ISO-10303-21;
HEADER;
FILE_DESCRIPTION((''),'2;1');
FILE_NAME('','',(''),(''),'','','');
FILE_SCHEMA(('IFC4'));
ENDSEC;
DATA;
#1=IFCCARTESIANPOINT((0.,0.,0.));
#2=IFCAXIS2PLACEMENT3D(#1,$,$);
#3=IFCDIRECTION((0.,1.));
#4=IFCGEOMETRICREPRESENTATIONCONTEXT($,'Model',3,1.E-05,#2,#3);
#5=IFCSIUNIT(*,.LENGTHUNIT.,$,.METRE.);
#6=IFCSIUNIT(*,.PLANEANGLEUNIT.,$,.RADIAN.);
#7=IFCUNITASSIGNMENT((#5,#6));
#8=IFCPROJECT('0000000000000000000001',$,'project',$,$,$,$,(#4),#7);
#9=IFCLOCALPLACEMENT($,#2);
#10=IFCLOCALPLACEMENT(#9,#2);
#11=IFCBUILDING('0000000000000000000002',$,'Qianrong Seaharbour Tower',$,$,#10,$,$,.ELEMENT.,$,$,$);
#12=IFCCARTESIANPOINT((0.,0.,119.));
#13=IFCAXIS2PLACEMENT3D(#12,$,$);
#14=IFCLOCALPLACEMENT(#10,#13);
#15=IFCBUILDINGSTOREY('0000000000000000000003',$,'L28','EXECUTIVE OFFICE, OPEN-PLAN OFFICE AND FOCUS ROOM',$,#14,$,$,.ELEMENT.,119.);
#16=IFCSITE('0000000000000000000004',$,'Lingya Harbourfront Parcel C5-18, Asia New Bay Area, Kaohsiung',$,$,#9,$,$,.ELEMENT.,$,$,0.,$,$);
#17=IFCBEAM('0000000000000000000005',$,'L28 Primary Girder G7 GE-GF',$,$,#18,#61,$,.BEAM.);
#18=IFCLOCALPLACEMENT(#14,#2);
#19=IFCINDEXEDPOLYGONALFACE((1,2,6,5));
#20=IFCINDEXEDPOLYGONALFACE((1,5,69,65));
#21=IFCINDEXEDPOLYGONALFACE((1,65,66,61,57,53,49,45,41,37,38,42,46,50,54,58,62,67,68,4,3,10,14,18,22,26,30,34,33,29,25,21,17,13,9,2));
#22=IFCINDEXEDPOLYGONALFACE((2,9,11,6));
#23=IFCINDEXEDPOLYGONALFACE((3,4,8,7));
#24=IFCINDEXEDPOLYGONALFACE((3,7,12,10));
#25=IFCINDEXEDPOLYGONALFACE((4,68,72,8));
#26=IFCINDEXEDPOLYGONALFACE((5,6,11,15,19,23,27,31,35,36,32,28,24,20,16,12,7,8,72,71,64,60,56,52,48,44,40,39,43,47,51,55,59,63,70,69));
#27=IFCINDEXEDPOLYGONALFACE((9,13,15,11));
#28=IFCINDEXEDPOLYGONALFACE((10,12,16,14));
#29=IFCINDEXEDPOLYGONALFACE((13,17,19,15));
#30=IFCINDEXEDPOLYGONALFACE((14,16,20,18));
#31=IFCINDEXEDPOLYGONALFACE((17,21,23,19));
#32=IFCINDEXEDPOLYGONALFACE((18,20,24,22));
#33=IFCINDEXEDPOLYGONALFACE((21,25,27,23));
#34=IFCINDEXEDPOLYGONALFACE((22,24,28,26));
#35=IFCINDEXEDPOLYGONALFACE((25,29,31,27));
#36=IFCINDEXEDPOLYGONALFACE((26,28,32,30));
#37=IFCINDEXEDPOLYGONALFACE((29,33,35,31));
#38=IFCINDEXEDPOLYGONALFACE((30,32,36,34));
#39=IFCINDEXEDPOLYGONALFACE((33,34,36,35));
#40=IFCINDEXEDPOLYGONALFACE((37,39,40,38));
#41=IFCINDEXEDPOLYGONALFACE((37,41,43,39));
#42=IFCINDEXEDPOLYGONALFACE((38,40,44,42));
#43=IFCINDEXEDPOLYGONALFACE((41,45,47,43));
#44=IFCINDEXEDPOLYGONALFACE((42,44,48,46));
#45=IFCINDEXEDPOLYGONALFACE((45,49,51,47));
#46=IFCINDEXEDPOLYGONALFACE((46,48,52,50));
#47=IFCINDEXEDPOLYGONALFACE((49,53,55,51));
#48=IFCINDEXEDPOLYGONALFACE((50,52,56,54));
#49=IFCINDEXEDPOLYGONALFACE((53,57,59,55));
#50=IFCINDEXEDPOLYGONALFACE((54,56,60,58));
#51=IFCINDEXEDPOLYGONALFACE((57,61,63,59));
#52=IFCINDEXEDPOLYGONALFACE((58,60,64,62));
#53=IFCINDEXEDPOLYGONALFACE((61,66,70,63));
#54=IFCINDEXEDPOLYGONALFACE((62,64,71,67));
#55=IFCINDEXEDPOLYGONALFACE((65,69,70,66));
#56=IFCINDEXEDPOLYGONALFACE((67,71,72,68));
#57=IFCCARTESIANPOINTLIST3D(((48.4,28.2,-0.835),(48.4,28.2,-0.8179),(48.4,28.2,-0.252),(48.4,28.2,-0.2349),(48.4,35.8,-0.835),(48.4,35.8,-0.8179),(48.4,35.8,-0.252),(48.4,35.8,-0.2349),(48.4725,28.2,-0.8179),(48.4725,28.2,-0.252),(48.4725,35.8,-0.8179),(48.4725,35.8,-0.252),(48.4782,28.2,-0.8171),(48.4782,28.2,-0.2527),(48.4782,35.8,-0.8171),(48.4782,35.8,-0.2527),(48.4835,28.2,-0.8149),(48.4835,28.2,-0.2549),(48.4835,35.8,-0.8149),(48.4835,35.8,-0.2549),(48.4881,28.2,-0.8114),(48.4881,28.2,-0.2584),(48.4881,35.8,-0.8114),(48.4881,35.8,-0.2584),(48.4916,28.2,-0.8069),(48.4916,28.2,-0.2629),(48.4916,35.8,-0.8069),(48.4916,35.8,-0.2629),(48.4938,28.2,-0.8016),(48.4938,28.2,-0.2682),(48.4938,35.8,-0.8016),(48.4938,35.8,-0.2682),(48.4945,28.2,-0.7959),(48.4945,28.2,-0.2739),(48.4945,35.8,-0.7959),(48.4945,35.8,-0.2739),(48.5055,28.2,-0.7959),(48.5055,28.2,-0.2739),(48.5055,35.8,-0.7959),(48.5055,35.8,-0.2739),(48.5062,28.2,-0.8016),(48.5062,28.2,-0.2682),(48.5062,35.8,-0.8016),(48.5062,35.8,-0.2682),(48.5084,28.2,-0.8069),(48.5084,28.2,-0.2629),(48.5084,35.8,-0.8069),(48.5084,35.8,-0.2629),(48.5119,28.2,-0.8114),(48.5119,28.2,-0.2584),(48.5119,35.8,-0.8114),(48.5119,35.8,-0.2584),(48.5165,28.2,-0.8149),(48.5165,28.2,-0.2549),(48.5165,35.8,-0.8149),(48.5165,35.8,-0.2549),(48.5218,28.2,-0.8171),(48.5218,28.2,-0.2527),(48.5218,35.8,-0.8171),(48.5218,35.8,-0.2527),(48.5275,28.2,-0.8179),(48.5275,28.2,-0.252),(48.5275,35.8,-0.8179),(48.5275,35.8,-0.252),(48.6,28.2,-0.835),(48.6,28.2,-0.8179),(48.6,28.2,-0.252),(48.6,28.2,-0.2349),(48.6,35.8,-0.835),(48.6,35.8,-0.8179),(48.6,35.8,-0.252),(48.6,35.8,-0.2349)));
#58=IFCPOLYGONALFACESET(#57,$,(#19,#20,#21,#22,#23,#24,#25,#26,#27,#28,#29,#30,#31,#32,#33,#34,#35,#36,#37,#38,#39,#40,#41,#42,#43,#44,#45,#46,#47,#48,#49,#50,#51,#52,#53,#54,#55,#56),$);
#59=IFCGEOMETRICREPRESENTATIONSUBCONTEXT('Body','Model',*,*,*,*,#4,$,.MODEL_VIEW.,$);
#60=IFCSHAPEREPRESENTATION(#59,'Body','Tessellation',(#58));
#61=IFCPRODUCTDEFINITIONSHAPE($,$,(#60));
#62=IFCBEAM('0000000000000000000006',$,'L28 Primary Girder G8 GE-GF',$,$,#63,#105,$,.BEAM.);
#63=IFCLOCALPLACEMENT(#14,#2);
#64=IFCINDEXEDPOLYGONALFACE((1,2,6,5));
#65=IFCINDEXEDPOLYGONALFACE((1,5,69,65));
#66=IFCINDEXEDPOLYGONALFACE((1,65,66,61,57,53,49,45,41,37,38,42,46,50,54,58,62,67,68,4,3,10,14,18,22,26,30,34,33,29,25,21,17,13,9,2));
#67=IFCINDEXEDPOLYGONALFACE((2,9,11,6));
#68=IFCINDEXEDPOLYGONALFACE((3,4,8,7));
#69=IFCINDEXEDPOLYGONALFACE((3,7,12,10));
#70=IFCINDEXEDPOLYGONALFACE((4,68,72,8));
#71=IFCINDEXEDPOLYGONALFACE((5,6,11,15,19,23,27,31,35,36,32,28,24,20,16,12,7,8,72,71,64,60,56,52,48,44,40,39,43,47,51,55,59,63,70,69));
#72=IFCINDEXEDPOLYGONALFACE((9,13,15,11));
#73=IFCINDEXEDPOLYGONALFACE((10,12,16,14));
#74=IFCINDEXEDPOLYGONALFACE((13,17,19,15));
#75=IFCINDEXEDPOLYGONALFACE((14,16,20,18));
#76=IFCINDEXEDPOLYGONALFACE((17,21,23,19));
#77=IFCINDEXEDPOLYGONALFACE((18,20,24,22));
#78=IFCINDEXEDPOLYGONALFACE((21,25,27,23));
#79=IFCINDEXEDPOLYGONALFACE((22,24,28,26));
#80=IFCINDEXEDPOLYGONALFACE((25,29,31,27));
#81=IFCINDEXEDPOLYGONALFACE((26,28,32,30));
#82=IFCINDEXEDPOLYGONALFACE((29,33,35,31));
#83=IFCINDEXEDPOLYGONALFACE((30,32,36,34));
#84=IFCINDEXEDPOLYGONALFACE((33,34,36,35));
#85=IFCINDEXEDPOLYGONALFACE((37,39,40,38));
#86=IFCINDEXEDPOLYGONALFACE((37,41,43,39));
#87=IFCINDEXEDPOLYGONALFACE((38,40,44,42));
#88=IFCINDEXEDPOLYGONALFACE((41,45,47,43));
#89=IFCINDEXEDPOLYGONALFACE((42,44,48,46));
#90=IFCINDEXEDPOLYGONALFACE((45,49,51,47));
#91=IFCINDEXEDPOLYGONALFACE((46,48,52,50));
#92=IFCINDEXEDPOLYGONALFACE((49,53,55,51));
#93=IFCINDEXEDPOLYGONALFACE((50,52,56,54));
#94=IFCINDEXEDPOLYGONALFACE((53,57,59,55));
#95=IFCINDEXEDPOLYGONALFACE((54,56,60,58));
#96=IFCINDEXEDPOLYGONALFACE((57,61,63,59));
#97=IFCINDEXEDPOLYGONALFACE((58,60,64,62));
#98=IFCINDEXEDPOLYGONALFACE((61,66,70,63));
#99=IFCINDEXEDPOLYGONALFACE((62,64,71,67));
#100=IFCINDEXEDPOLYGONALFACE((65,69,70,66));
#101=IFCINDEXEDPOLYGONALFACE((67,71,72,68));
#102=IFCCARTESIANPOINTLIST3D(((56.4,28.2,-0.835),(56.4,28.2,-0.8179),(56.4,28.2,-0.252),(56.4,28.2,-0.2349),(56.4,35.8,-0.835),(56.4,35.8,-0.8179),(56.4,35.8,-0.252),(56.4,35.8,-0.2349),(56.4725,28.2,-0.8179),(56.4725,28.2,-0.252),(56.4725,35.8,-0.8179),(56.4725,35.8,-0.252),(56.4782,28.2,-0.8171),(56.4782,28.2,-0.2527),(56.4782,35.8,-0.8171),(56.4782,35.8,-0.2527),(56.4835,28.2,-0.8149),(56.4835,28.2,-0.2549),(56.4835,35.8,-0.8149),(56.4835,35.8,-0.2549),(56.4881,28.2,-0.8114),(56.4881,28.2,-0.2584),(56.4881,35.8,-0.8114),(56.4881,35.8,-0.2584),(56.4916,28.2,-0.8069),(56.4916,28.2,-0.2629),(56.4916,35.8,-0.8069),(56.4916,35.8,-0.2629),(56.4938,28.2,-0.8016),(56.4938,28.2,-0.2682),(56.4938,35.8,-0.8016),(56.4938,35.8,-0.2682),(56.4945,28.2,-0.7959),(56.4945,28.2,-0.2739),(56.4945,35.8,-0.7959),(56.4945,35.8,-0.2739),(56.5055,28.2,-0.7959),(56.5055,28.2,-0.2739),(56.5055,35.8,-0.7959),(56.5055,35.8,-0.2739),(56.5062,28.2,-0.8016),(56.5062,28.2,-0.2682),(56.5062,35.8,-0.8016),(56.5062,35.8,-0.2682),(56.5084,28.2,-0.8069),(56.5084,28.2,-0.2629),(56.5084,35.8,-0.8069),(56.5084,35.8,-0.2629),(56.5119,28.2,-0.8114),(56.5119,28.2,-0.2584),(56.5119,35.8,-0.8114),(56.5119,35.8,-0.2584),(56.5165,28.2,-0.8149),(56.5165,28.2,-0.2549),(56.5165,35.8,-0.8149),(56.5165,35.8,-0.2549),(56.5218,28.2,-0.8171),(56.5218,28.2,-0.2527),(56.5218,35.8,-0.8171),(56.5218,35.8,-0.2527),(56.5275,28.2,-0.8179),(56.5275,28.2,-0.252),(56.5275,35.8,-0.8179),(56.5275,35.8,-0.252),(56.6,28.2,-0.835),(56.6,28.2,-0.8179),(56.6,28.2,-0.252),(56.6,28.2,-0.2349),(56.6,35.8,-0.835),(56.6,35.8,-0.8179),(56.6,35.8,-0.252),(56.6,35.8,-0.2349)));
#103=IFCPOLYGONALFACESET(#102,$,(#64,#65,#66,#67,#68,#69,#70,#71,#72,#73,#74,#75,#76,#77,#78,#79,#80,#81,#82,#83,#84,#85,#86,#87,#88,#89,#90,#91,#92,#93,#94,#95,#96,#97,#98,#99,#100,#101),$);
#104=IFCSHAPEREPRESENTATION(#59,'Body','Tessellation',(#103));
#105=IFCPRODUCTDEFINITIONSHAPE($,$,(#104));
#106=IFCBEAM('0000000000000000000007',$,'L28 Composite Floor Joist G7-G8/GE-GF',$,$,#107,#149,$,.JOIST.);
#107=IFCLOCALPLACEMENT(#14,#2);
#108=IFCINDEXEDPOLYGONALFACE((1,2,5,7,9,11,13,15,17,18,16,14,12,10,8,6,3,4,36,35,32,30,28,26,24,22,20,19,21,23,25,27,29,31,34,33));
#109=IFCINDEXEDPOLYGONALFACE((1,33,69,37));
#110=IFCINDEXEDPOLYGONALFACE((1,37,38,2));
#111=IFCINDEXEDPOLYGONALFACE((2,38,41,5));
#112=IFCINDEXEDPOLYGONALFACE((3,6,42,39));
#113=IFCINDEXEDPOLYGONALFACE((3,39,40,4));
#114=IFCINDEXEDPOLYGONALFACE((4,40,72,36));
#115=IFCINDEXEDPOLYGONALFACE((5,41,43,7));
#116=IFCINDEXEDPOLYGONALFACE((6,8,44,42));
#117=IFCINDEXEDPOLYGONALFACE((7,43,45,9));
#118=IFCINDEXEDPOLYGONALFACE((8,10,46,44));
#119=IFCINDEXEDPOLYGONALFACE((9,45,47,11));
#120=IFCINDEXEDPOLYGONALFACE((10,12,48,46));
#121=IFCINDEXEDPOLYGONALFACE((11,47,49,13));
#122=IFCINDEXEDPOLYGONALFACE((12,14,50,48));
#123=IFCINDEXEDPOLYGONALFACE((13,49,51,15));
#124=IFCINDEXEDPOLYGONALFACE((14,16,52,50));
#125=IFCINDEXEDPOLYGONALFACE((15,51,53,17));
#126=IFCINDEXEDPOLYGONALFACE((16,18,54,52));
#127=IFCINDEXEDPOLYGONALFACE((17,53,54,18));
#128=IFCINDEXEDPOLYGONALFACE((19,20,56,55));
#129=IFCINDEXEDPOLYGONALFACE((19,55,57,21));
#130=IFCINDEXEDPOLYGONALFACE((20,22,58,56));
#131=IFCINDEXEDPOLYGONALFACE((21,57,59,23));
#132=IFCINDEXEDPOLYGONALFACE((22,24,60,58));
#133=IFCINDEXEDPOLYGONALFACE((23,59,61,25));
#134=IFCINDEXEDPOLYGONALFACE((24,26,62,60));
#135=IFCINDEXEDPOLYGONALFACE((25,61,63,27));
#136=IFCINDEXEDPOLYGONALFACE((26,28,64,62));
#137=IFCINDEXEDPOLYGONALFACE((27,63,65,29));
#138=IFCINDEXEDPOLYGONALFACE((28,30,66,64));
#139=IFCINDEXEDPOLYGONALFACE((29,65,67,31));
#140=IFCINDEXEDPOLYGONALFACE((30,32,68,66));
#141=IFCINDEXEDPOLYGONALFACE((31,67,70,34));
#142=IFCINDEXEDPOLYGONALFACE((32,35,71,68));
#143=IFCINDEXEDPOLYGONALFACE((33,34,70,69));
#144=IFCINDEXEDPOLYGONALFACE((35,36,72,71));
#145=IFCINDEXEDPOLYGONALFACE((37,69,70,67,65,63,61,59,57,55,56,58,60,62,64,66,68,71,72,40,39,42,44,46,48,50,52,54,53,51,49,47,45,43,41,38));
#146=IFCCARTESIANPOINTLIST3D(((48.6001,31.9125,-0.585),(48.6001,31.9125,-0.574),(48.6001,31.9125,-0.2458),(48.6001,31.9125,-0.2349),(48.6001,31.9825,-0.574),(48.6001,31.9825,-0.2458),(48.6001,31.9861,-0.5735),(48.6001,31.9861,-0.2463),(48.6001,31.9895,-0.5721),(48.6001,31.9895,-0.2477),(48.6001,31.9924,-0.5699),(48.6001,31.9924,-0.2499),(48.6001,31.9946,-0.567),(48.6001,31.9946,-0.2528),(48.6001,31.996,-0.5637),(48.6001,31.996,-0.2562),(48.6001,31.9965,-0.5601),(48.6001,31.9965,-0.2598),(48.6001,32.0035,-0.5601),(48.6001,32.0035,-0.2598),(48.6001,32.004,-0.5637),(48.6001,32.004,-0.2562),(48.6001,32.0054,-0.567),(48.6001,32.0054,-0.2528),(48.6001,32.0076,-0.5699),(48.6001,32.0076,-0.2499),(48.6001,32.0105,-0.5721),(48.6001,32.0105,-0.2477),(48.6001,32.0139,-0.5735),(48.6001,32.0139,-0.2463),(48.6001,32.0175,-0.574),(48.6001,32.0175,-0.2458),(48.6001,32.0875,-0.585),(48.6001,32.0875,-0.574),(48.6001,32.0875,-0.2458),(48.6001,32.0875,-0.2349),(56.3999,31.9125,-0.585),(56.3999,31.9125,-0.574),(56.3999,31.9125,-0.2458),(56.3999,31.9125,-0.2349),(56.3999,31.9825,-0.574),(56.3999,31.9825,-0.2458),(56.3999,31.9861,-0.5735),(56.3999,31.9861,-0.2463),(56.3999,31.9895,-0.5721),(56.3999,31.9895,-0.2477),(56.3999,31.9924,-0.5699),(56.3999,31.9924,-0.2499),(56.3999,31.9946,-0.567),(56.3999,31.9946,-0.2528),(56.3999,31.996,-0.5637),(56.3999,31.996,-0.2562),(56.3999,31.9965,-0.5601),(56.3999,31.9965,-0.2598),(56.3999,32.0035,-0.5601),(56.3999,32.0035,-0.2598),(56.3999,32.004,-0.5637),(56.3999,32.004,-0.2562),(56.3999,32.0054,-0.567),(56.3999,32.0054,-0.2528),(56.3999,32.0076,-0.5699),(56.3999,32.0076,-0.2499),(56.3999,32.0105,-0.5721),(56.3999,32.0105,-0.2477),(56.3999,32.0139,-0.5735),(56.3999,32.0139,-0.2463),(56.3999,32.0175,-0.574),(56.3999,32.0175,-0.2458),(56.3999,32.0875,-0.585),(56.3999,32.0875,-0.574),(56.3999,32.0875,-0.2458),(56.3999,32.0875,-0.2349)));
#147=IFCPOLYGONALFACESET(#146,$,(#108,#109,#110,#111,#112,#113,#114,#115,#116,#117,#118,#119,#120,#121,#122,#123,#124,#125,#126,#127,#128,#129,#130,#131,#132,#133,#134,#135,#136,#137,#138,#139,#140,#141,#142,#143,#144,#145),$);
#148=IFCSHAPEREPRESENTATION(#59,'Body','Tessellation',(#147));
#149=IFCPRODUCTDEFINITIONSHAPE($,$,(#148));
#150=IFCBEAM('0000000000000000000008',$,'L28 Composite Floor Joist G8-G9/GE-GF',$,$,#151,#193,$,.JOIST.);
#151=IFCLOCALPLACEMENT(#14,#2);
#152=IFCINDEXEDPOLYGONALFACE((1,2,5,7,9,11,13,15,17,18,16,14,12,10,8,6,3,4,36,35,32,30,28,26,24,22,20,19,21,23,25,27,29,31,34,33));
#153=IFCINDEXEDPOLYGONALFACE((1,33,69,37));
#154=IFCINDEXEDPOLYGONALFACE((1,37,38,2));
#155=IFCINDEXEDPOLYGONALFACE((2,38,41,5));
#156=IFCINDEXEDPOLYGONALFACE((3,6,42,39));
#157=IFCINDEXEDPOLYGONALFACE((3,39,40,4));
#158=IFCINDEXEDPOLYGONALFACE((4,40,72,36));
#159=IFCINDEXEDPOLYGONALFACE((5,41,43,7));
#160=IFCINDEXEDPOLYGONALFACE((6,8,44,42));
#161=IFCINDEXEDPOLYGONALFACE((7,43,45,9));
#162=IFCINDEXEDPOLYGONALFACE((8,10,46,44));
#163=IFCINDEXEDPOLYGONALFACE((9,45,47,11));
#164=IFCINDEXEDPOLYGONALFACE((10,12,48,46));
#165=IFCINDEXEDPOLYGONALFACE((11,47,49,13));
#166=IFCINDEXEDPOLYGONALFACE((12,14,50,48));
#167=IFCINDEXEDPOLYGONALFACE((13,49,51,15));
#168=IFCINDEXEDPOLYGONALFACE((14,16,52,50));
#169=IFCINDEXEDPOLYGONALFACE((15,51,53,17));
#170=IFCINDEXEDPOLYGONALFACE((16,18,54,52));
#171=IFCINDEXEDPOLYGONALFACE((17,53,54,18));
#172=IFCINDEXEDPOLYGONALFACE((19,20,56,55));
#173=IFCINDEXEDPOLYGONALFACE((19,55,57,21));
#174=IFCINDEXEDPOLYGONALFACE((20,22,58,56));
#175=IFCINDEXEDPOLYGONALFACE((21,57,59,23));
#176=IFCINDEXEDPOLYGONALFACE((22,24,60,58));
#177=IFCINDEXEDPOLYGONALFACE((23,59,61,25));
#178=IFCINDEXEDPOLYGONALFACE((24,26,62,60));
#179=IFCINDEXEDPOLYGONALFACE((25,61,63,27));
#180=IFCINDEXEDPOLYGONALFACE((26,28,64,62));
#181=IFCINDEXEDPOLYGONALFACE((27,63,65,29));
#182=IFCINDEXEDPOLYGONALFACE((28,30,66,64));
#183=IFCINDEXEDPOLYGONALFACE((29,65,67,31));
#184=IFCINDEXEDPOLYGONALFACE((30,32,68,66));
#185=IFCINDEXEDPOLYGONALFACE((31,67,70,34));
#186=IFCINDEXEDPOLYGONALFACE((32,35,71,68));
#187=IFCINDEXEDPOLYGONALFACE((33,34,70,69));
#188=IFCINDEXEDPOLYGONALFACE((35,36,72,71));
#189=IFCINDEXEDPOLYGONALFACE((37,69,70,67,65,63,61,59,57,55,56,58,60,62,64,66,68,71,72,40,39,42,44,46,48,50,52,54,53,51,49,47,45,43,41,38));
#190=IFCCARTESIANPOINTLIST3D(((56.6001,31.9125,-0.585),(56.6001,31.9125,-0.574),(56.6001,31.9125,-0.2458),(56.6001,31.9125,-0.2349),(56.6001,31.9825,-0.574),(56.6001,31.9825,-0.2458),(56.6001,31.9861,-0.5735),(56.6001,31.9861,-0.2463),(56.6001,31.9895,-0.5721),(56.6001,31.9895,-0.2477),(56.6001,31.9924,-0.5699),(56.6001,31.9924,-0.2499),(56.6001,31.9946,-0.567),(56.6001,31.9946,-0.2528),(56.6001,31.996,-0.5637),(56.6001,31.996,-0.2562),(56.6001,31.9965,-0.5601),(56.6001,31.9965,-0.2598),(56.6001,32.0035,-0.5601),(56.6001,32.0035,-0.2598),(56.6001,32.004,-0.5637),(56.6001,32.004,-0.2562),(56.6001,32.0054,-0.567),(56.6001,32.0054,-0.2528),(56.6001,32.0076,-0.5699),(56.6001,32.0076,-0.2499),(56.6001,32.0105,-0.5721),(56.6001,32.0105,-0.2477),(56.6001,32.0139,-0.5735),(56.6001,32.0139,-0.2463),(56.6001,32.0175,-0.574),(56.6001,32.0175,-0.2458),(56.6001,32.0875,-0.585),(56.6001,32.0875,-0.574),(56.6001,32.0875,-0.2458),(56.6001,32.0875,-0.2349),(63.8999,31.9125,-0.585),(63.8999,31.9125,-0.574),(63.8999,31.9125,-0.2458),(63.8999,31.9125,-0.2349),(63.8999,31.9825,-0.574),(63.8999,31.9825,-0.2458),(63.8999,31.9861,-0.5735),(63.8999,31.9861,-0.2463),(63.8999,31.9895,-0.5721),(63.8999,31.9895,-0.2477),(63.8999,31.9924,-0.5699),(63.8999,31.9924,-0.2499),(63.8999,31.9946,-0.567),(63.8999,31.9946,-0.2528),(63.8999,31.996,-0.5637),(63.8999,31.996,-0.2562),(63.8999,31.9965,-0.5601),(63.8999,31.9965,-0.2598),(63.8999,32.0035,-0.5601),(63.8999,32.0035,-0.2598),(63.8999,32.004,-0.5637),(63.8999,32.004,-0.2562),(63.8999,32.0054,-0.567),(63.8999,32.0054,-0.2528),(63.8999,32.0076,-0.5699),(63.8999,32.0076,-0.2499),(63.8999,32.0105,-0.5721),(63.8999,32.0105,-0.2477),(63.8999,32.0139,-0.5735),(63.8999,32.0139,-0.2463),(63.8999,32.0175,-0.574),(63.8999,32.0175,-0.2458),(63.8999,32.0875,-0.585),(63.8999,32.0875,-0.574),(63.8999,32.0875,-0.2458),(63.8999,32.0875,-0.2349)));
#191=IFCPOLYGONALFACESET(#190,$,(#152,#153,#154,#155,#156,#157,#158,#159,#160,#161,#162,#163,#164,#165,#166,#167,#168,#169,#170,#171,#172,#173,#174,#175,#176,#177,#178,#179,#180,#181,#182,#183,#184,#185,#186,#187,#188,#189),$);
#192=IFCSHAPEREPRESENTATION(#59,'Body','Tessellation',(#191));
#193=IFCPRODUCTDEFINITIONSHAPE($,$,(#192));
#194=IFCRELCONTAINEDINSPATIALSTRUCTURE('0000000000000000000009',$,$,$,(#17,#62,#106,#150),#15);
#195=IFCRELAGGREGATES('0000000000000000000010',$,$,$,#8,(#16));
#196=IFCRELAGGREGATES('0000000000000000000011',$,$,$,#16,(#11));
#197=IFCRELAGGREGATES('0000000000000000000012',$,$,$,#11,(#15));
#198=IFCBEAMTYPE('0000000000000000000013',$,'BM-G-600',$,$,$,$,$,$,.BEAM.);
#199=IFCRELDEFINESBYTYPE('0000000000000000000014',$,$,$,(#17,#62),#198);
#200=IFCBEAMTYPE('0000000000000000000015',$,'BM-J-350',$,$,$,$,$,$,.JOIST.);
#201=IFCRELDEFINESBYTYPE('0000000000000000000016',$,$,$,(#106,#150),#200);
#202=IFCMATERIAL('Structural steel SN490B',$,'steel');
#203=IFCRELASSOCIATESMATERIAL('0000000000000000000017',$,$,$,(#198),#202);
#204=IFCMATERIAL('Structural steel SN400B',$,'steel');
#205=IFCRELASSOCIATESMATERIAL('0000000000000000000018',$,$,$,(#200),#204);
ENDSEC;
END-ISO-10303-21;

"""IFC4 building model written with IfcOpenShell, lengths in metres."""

from ifc_helpers import new_model, si_unit, direction, frame, origin, origin_2d, place, context, subcontext, project, spatial, i_section, extrude, material, material_profile, profile_set, type_object, element, save


model = new_model("IFC4")

# Units and contexts
model_context = context("Model", 3, precision=1e-05, world=origin(), true_north=direction((0.0, 1.0)))
body_context = subcontext(model_context, "Body", "Model", "MODEL_VIEW")
ifc_project = project(units=[si_unit("LENGTHUNIT", "METRE"), si_unit("PLANEANGLEUNIT", "RADIAN")], contexts=[model_context])

# Site, building, storey
site_placement = place(None, origin())
site = spatial("IfcSite", under=ifc_project, at=site_placement, Name="Lingya Harbourfront Parcel C5-18, Asia New Bay Area, Kaohsiung", CompositionType="ELEMENT", RefElevation=0.0)
building_placement = place(site_placement, origin())
building = spatial("IfcBuilding", under=site, at=building_placement, Name="Qianrong Seaharbour Tower", CompositionType="ELEMENT")
storey_placement = place(building_placement, frame((0.0, 0.0, 119.0)))
storey = spatial("IfcBuildingStorey", under=building, at=storey_placement, Name="L28", Description="EXECUTIVE OFFICE, OPEN-PLAN OFFICE AND FOCUS ROOM", CompositionType="ELEMENT", Elevation=119.0)

# Shared definitions
ifc_material_1 = material(Name="Structural steel SN490B", Category="steel")

# Beams
ifc_material_profile_1 = material_profile(ifc_material_1, i_section(OverallWidth=0.2, OverallDepth=0.6001, WebThickness=0.011, FlangeThickness=0.0171, FilletRadius=0.022, at=origin_2d()), Name="H600x200x11x17")
ifc_profile_set_1 = profile_set([ifc_material_profile_1], Name="Structural steel SN490B")
beam_type_1 = type_object("IfcBeamType", Name="BM-G-600", PredefinedType="BEAM", material=ifc_profile_set_1)
for number, where, z_axis, x_axis, name in (
    (1, (48.5, 28.2, -0.5349), (0.0, 1.0, 0.0), (-1.0, 0.0, 0.0), "L28 Primary Girder G7 GE-GF"),
    (2, (56.5, 28.2, -0.5349), (0.0, 1.0, 0.0), (-1.0, 0.0, 0.0), "L28 Primary Girder G8 GE-GF"),
):
    element("IfcBeam", number, at=place(storey_placement, frame(where, z_axis=z_axis, x_axis=x_axis)), inside=storey, type_object=beam_type_1, Name=name, PredefinedType="BEAM", context=body_context, shape_type="SweptSolid", body=[
        extrude(i_section(OverallWidth=0.2, OverallDepth=0.6001, WebThickness=0.011, FlangeThickness=0.0171, FilletRadius=0.022, at=origin_2d()), origin(), (0.0, 0.0, 1.0), 7.6001),
    ])
ifc_material_2 = material(Name="Structural steel SN400B", Category="steel")
ifc_material_profile_2 = material_profile(ifc_material_2, i_section(OverallWidth=0.175, OverallDepth=0.3501, WebThickness=0.0071, FlangeThickness=0.011, FilletRadius=0.0139, at=origin_2d()), Name="H350x175x7x11")
ifc_profile_set_2 = profile_set([ifc_material_profile_2], Name="Structural steel SN400B")
beam_type_2 = type_object("IfcBeamType", Name="BM-J-350", PredefinedType="JOIST", material=ifc_profile_set_2)
beam_1_placement = place(storey_placement, frame((48.6001, 32.0, -0.4099), z_axis=(1.0, 0.0, 0.0), x_axis=(0.0, 1.0, 0.0)))
element("IfcBeam", 3, at=beam_1_placement, inside=storey, type_object=beam_type_2, Name="L28 Composite Floor Joist G7-G8/GE-GF", PredefinedType="JOIST", context=body_context, shape_type="SweptSolid", body=[
    extrude(i_section(OverallWidth=0.175, OverallDepth=0.3501, WebThickness=0.0071, FlangeThickness=0.011, FilletRadius=0.0139, at=origin_2d()), origin(), (0.0, 0.0, 1.0), 7.7998),
])
beam_2_placement = place(storey_placement, frame((56.6001, 32.0, -0.4099), z_axis=(1.0, 0.0, 0.0), x_axis=(0.0, 1.0, 0.0)))
element("IfcBeam", 4, at=beam_2_placement, inside=storey, type_object=beam_type_2, Name="L28 Composite Floor Joist G8-G9/GE-GF", PredefinedType="JOIST", context=body_context, shape_type="SweptSolid", body=[
    extrude(i_section(OverallWidth=0.175, OverallDepth=0.3501, WebThickness=0.0071, FlangeThickness=0.011, FilletRadius=0.0139, at=origin_2d()), origin(), (0.0, 0.0, 1.0), 7.2998),
])

save(model, "model.ifc")
